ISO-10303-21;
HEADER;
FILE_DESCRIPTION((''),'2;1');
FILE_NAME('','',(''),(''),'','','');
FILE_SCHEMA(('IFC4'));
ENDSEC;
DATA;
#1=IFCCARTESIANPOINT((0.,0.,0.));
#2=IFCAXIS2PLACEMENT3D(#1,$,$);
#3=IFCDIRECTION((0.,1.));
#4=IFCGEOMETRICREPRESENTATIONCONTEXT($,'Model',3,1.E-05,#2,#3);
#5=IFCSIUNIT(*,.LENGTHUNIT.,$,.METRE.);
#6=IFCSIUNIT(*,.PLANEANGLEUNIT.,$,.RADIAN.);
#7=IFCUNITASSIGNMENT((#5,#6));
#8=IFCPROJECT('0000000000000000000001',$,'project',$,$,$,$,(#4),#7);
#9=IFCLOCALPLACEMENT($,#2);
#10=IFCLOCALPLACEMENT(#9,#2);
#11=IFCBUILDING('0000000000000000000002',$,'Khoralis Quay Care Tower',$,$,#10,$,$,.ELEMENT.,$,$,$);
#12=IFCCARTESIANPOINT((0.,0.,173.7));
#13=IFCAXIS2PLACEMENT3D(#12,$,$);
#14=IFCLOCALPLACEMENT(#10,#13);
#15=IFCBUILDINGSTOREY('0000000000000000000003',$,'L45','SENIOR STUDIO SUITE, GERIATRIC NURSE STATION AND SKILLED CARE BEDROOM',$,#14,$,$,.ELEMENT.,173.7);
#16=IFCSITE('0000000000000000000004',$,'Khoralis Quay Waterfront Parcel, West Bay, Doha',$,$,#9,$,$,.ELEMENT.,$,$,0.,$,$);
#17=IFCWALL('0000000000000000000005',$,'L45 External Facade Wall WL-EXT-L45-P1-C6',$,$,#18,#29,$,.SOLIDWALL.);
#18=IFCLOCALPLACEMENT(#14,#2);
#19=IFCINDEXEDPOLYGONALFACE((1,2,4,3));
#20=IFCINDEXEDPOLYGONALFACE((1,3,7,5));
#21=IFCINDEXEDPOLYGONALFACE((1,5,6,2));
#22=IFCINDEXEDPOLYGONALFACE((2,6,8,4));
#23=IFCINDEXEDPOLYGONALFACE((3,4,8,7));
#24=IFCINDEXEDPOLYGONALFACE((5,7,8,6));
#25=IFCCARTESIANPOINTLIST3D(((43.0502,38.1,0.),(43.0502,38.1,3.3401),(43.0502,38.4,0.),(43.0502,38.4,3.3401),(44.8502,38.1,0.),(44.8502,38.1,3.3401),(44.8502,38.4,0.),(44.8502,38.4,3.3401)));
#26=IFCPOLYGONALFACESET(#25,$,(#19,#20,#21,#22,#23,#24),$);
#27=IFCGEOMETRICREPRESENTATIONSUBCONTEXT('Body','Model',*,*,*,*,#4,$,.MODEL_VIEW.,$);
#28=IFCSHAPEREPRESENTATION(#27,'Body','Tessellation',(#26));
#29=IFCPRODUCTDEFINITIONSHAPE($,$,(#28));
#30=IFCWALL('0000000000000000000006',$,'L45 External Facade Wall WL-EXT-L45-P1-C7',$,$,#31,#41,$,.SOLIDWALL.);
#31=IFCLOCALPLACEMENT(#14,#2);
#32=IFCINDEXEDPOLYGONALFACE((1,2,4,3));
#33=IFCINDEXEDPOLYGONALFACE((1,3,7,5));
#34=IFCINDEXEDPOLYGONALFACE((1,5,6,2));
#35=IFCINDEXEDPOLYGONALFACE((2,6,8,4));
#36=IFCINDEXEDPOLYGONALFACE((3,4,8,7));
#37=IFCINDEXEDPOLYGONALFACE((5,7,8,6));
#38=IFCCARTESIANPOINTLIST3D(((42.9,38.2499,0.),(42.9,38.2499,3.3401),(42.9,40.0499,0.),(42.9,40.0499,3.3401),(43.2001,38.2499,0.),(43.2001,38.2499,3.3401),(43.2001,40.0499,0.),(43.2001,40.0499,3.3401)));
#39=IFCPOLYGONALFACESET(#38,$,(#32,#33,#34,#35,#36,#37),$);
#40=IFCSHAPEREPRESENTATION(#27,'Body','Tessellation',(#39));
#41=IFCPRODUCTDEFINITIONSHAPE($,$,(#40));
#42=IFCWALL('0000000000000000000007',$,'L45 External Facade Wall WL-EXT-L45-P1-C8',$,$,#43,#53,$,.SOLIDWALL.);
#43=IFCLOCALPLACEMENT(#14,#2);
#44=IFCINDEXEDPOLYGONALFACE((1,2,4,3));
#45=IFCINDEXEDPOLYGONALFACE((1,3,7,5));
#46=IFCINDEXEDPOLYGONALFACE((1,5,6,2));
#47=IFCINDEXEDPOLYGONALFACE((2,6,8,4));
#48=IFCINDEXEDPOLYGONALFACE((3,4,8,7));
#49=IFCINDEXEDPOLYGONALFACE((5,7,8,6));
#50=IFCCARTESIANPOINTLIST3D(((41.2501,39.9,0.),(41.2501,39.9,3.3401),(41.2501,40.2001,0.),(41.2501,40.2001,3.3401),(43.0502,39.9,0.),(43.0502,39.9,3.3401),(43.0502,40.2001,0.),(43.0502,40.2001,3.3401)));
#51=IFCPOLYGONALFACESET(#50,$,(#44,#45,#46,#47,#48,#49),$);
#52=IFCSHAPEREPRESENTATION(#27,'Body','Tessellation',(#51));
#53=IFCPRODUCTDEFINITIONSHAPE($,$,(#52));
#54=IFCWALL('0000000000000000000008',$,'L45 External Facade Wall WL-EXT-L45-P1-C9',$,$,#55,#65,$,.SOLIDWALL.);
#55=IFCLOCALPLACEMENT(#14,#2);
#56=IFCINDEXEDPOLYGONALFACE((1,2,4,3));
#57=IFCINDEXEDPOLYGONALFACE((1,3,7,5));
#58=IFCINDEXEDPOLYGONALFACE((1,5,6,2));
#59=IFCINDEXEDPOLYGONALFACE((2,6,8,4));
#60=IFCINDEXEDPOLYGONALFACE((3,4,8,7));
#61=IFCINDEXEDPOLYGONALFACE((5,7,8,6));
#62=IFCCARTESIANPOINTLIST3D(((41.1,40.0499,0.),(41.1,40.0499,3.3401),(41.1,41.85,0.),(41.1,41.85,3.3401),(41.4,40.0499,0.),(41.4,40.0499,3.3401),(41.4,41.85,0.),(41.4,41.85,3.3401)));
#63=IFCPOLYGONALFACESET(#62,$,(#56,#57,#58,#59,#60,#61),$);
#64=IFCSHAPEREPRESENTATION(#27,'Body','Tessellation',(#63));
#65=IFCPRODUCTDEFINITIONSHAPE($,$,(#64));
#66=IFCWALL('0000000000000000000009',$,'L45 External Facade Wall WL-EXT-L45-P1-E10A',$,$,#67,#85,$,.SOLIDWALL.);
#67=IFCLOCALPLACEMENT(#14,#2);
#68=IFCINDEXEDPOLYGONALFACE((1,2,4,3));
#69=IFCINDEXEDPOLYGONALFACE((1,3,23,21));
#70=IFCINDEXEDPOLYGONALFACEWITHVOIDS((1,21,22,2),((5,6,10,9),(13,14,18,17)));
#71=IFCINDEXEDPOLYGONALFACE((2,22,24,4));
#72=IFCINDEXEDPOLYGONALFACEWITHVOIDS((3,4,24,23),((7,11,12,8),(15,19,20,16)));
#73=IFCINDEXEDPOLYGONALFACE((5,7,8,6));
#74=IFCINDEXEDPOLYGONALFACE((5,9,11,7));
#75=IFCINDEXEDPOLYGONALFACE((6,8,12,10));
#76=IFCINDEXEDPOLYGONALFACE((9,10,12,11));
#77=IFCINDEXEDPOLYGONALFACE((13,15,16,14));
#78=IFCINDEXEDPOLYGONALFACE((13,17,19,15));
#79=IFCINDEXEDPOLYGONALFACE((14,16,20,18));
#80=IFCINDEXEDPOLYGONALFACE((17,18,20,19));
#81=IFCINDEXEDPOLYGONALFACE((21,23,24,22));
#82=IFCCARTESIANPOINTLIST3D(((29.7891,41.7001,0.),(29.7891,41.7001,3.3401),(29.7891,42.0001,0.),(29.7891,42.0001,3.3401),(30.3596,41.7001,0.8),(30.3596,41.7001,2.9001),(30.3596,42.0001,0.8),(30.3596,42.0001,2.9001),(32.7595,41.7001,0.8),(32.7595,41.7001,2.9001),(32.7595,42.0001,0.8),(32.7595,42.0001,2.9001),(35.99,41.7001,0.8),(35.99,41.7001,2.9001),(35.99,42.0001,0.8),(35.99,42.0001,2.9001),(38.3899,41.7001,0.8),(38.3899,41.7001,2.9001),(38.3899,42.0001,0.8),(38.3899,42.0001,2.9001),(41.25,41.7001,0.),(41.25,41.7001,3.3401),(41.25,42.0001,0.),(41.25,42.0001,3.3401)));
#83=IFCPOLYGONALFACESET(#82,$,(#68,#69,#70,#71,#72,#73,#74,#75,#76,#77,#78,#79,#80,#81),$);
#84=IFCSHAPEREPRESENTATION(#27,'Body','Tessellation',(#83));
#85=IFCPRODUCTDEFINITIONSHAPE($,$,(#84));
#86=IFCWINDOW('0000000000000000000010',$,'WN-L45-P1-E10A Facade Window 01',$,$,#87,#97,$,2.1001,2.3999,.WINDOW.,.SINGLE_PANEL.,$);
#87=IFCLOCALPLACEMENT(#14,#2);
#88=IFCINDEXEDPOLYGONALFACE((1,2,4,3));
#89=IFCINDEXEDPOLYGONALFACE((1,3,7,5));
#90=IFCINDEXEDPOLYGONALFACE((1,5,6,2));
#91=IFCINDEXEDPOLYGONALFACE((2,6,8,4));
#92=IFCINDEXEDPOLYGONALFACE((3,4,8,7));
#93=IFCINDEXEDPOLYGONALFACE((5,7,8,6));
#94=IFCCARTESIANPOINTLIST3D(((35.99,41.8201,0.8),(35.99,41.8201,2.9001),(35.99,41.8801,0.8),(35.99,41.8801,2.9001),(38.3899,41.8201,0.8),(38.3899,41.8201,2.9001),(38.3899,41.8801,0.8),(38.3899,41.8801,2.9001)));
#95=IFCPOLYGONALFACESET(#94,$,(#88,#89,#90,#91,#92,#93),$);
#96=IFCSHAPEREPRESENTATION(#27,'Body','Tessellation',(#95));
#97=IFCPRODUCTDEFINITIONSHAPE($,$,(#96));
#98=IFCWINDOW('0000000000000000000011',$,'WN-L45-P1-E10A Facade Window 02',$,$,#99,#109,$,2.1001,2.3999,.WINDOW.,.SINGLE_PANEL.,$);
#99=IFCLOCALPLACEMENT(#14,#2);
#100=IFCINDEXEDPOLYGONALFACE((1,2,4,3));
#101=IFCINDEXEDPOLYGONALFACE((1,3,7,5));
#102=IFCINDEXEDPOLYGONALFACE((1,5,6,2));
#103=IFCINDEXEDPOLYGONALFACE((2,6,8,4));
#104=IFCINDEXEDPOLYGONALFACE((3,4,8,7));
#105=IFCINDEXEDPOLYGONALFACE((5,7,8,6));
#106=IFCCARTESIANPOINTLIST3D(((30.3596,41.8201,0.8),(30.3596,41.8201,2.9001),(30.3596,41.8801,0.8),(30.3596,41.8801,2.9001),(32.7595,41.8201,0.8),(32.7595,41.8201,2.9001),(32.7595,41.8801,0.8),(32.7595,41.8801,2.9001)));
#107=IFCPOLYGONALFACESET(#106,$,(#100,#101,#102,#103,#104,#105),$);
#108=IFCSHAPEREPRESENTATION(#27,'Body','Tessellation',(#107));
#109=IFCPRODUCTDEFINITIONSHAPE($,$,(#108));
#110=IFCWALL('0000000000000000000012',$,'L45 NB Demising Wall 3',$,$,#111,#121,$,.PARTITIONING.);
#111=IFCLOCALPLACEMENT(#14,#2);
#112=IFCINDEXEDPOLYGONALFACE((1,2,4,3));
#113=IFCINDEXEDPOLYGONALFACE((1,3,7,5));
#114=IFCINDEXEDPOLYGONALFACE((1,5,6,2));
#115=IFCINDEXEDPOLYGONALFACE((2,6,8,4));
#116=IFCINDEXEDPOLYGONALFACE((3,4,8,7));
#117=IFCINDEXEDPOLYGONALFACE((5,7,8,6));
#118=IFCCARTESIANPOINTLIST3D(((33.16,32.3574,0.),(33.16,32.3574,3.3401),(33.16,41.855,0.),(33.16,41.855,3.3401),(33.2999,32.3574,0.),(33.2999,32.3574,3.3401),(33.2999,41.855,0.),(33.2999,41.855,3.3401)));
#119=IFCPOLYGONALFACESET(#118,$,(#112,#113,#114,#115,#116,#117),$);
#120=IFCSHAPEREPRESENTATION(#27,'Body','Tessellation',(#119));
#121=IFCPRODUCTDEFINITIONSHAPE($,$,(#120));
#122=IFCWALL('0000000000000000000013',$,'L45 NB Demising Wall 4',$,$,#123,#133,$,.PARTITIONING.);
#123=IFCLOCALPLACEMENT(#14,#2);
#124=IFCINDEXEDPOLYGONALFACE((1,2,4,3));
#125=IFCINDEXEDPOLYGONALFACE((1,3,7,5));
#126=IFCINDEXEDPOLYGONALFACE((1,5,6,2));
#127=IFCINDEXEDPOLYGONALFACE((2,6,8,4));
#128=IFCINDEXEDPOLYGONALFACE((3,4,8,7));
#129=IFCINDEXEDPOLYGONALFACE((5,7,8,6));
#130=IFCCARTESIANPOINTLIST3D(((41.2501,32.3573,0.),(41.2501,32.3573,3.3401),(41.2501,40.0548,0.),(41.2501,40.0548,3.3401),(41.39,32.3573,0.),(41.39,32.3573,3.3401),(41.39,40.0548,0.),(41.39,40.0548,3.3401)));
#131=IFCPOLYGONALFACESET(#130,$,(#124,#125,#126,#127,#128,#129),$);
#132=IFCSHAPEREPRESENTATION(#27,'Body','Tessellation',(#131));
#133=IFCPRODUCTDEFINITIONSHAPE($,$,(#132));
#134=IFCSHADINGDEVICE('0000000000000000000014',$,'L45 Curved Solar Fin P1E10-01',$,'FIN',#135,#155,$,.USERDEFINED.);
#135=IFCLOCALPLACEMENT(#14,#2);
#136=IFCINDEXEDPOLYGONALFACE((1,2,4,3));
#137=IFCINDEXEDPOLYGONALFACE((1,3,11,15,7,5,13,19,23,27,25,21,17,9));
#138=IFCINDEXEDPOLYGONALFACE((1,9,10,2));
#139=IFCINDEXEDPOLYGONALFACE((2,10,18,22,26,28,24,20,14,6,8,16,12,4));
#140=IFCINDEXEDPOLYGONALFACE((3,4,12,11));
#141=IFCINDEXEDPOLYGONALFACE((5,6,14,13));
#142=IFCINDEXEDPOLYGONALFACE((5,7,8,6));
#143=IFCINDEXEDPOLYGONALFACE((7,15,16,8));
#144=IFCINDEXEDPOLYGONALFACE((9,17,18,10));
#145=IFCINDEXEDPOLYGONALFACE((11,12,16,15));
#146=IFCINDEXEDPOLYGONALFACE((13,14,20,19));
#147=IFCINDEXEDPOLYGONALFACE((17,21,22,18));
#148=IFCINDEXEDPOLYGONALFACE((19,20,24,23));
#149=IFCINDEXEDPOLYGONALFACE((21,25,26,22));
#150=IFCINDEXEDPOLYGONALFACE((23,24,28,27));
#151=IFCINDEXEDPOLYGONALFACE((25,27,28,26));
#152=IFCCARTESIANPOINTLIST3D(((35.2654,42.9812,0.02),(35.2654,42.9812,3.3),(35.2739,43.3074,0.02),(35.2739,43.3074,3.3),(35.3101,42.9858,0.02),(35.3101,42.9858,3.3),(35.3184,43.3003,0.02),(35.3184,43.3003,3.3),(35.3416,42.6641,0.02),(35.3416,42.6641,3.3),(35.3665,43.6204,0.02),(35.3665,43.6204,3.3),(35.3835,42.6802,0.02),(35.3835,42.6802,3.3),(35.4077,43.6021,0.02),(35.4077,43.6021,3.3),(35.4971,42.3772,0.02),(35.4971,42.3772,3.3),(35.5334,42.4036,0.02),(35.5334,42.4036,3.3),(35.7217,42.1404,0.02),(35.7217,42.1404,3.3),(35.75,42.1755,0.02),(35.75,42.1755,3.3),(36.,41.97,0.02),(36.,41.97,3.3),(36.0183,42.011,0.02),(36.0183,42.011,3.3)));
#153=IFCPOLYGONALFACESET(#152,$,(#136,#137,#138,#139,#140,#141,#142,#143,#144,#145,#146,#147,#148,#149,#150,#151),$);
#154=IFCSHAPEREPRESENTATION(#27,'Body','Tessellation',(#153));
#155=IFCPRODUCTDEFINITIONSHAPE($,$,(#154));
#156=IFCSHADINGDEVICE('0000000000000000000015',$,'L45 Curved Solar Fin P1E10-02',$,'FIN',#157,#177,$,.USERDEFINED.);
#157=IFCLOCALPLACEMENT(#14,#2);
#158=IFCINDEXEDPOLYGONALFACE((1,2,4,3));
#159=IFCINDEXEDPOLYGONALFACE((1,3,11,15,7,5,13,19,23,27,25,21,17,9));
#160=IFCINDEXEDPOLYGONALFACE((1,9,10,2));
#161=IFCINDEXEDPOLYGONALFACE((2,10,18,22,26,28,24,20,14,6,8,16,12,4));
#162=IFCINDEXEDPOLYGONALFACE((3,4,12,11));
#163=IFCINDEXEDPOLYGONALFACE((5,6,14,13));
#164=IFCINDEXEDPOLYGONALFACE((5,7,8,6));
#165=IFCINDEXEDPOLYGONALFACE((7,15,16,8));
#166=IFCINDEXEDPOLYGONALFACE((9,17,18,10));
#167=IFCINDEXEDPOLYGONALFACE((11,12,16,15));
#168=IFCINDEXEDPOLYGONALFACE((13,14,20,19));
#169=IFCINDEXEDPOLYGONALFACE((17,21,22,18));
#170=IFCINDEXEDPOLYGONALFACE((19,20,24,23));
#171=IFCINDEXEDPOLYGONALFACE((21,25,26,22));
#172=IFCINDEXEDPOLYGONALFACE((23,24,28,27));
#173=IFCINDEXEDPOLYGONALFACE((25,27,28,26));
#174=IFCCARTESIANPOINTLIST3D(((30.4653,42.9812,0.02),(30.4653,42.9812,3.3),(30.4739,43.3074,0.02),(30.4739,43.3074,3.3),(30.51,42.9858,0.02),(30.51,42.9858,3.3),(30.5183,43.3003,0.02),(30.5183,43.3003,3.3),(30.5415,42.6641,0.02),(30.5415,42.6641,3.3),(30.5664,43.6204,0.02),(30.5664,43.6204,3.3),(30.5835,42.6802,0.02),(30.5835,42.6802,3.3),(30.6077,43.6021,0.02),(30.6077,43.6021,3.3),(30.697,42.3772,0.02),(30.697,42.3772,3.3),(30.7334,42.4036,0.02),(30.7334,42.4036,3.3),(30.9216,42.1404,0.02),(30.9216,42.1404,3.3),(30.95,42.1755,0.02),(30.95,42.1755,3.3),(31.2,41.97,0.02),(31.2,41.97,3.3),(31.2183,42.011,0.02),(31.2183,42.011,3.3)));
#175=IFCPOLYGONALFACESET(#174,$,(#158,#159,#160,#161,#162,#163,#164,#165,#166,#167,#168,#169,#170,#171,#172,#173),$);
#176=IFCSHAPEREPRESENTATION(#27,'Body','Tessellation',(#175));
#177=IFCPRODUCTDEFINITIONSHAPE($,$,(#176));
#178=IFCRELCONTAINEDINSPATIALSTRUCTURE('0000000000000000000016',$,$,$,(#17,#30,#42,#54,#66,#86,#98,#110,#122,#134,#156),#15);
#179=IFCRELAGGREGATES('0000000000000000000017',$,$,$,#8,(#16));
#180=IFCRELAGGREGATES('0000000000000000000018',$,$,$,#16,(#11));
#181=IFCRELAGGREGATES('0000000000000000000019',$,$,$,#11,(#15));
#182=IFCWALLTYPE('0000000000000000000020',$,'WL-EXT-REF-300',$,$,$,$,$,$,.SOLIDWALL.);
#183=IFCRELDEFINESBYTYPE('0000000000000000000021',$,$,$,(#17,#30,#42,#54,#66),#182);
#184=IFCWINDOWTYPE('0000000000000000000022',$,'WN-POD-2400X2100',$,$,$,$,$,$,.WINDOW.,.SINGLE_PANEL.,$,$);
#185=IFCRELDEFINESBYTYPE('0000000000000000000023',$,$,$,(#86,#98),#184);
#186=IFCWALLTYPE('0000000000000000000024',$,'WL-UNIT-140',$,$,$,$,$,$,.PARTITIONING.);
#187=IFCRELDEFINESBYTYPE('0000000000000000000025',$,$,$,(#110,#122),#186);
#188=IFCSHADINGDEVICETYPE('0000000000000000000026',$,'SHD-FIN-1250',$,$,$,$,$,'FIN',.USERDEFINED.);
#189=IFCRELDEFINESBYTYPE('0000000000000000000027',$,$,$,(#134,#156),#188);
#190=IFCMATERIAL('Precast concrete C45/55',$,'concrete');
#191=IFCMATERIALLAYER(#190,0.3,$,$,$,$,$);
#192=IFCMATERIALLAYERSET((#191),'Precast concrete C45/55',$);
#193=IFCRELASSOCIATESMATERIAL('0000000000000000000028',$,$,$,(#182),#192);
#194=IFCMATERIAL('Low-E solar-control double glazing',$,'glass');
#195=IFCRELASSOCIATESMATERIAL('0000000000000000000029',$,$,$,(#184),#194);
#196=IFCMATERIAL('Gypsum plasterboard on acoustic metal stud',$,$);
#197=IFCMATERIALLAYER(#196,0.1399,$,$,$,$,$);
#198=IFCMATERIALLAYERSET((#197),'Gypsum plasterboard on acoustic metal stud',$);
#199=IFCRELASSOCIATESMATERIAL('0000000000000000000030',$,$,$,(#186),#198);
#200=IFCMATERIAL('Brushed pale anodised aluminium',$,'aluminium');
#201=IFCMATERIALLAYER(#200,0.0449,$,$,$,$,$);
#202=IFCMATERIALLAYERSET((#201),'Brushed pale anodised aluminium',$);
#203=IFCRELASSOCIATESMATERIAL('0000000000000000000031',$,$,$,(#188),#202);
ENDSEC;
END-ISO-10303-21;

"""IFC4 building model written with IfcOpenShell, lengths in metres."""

from ifc_helpers import new_model, si_unit, direction, frame, frame_2d, origin, place, context, subcontext, project, spatial, polyline, rectangle, outline, extrude, source, transform, mapped, material, layer, layer_set, type_object, element, fill, save


model = new_model("IFC4")

# Units and contexts
model_context = context("Model", 3, precision=1e-05, world=origin(), true_north=direction((0.0, 1.0)))
body_context = subcontext(model_context, "Body", "Model", "MODEL_VIEW")
ifc_project = project(units=[si_unit("LENGTHUNIT", "METRE"), si_unit("PLANEANGLEUNIT", "RADIAN")], contexts=[model_context])

# Site, building, storey
site_placement = place(None, origin())
site = spatial("IfcSite", under=ifc_project, at=site_placement, Name="Khoralis Quay Waterfront Parcel, West Bay, Doha", CompositionType="ELEMENT", RefElevation=0.0)
building_placement = place(site_placement, origin())
building = spatial("IfcBuilding", under=site, at=building_placement, Name="Khoralis Quay Care Tower", CompositionType="ELEMENT")
storey_placement = place(building_placement, frame((0.0, 0.0, 173.7)))
storey = spatial("IfcBuildingStorey", under=building, at=storey_placement, Name="L45", Description="SENIOR STUDIO SUITE, GERIATRIC NURSE STATION AND SKILLED CARE BEDROOM", CompositionType="ELEMENT", Elevation=173.7)

# Shared definitions
ifc_material_1 = material(Name="Gypsum plasterboard on acoustic metal stud")

# Walls
ifc_material_2 = material(Name="Precast concrete C45/55", Category="concrete")
ifc_layer_1 = layer(ifc_material_2, 0.3)
ifc_layer_set_1 = layer_set([ifc_layer_1], Name="Precast concrete C45/55")
wall_type_1 = type_object("IfcWallType", Name="WL-EXT-REF-300", PredefinedType="SOLIDWALL", material=ifc_layer_set_1)
for number, where, z_axis, x_axis, name in (
    (1, (44.8501, 38.25, 0.0), (0.0, 0.0, 1.0), (-1.0, 0.0, 0.0), "L45 External Facade Wall WL-EXT-L45-P1-C6"),
    (2, (43.05, 38.25, 0.0), (0.0, 0.0, 1.0), (0.0, 1.0, 0.0), "L45 External Facade Wall WL-EXT-L45-P1-C7"),
    (3, (43.05, 40.05, 0.0), (0.0, 0.0, 1.0), (-1.0, 0.0, 0.0), "L45 External Facade Wall WL-EXT-L45-P1-C8"),
    (4, (41.25, 40.05, 0.0), (0.0, 0.0, 1.0), (0.0, 1.0, 0.0), "L45 External Facade Wall WL-EXT-L45-P1-C9"),
):
    element("IfcWall", number, at=place(storey_placement, frame(where, z_axis=z_axis, x_axis=x_axis)), inside=storey, type_object=wall_type_1, Name=name, PredefinedType="SOLIDWALL", context=body_context, shape_type="SweptSolid", body=[
        extrude(rectangle(XDim=1.8, YDim=0.3, at=frame_2d((0.8999, 0.0))), origin(), (0.0, 0.0, 1.0), 3.3401),
    ])

# Wall, openings, windows
wall_1_placement = place(storey_placement, frame((41.25, 41.8501, 0.0), z_axis=(0.0, 0.0, 1.0), x_axis=(-1.0, 0.0, 0.0)))
wall_1 = element("IfcWall", 5, at=wall_1_placement, inside=storey, type_object=wall_type_1, Name="L45 External Facade Wall WL-EXT-L45-P1-E10A", PredefinedType="SOLIDWALL", context=body_context, shape_type="SweptSolid", body=[
    extrude(rectangle(XDim=11.4609, YDim=0.3, at=frame_2d((5.7305, 0.0))), origin(), (0.0, 0.0, 1.0), 3.3401),
])
opening_1_placement = place(wall_1_placement, frame((2.8601, 0.0, 0.8)))
opening_1 = element("IfcOpeningElement", 6, at=opening_1_placement, cuts=wall_1, PredefinedType="OPENING", context=body_context, shape_type="SweptSolid", body=[
    extrude(rectangle(XDim=2.3999, YDim=2.1001, at=frame_2d((1.2, 1.05))), frame((0.0, 0.1602, 0.0), z_axis=(0.0, -1.0, 0.0), x_axis=(1.0, 0.0, 0.0)), (0.0, 0.0, 1.0), 0.3201),
])
opening_2_placement = place(wall_1_placement, frame((8.4905, 0.0, 0.8)))
opening_2 = element("IfcOpeningElement", 7, at=opening_2_placement, cuts=wall_1, PredefinedType="OPENING", context=body_context, shape_type="SweptSolid", body=[
    extrude(rectangle(XDim=2.3999, YDim=2.1001, at=frame_2d((1.2, 1.05))), frame((0.0, 0.1602, 0.0), z_axis=(0.0, -1.0, 0.0), x_axis=(1.0, 0.0, 0.0)), (0.0, 0.0, 1.0), 0.3201),
])
ifc_material_3 = material(Name="Low-E solar-control double glazing", Category="glass")
window_type = type_object("IfcWindowType", Name="WN-POD-2400X2100", PartitioningType="SINGLE_PANEL", PredefinedType="WINDOW", material=ifc_material_3)
shared_shape_1 = source(origin(), body_context, "Body", "SweptSolid", [
    extrude(rectangle(XDim=2.3999, YDim=2.1001, at=frame_2d((1.2, 1.05))), frame((0.0, 0.03, 0.0), z_axis=(0.0, -1.0, 0.0), x_axis=(1.0, 0.0, 0.0)), (0.0, 0.0, 1.0), 0.0601),
])
window_1_placement = place(opening_1_placement, origin())
window_1 = element("IfcWindow", 8, at=window_1_placement, inside=storey, type_object=window_type, Name="WN-L45-P1-E10A Facade Window 01", OverallHeight=2.1001, OverallWidth=2.3999, PartitioningType="SINGLE_PANEL", PredefinedType="WINDOW", context=body_context, shape_type="MappedRepresentation", body=[
    mapped(shared_shape_1, transform((0.0, 0.0, 0.0), scale=1.0)),
])
fill(opening_1, window_1)
window_2_placement = place(opening_2_placement, origin())
window_2 = element("IfcWindow", 9, at=window_2_placement, inside=storey, type_object=window_type, Name="WN-L45-P1-E10A Facade Window 02", OverallHeight=2.1001, OverallWidth=2.3999, PartitioningType="SINGLE_PANEL", PredefinedType="WINDOW", context=body_context, shape_type="MappedRepresentation", body=[
    mapped(shared_shape_1, transform((0.0, 0.0, 0.0), scale=1.0)),
])
fill(opening_2, window_2)

# Walls
ifc_layer_2 = layer(ifc_material_1, 0.1399)
ifc_layer_set_2 = layer_set([ifc_layer_2], Name="Gypsum plasterboard on acoustic metal stud")
wall_type_2 = type_object("IfcWallType", Name="WL-UNIT-140", PredefinedType="PARTITIONING", material=ifc_layer_set_2)
wall_2_placement = place(storey_placement, frame((33.23, 32.3574, 0.0), z_axis=(0.0, 0.0, 1.0), x_axis=(0.0, 1.0, 0.0)))
element("IfcWall", 10, at=wall_2_placement, inside=storey, type_object=wall_type_2, Name="L45 NB Demising Wall 3", PredefinedType="PARTITIONING", context=body_context, shape_type="SweptSolid", body=[
    extrude(rectangle(XDim=9.4976, YDim=0.1399, at=frame_2d((4.7488, 0.0))), origin(), (0.0, 0.0, 1.0), 3.3401),
])
wall_3_placement = place(storey_placement, frame((41.3201, 32.3574, 0.0), z_axis=(0.0, 0.0, 1.0), x_axis=(0.0, 1.0, 0.0)))
element("IfcWall", 11, at=wall_3_placement, inside=storey, type_object=wall_type_2, Name="L45 NB Demising Wall 4", PredefinedType="PARTITIONING", context=body_context, shape_type="SweptSolid", body=[
    extrude(rectangle(XDim=7.6975, YDim=0.1399, at=frame_2d((3.8486, 0.0))), origin(), (0.0, 0.0, 1.0), 3.3401),
])

# Shading devices
ifc_material_4 = material(Name="Brushed pale anodised aluminium", Category="aluminium")
ifc_layer_3 = layer(ifc_material_4, 0.0449)
ifc_layer_set_3 = layer_set([ifc_layer_3], Name="Brushed pale anodised aluminium")
shading_device_type = type_object("IfcShadingDeviceType", Name="SHD-FIN-1250", ElementType="FIN", PredefinedType="USERDEFINED", material=ifc_layer_set_3)
shared_shape_2 = source(origin(), body_context, "Body", "SweptSolid", [
    extrude(outline(polyline([(0.0, 0.0), (0.1704, 0.2783), (0.4072, 0.5029), (0.6941, 0.6584), (1.0112, 0.7346), (1.3374, 0.7261), (1.6504, 0.6335), (1.6321, 0.5923), (1.3303, 0.6816), (1.0159, 0.6899), (0.7102, 0.6165), (0.4336, 0.4666), (0.2056, 0.25), (0.041, -0.0183), (0.0, 0.0)])), origin(), (0.0, 0.0, 1.0), 3.28),
])
for number, where, z_axis, x_axis, name in (
    (12, (36.0, 41.97, 0.02), (0.0, 0.0, 1.0), (0.0, 1.0, 0.0), "L45 Curved Solar Fin P1E10-01"),
    (13, (31.2, 41.97, 0.02), (0.0, 0.0, 1.0), (0.0, 1.0, 0.0), "L45 Curved Solar Fin P1E10-02"),
):
    element("IfcShadingDevice", number, at=place(storey_placement, frame(where, z_axis=z_axis, x_axis=x_axis)), inside=storey, type_object=shading_device_type, Name=name, ObjectType="FIN", PredefinedType="USERDEFINED", context=body_context, shape_type="MappedRepresentation", body=[
        mapped(shared_shape_2, transform((0.0, 0.0, 0.0), scale=1.0)),
    ])

save(model, "model.ifc")
